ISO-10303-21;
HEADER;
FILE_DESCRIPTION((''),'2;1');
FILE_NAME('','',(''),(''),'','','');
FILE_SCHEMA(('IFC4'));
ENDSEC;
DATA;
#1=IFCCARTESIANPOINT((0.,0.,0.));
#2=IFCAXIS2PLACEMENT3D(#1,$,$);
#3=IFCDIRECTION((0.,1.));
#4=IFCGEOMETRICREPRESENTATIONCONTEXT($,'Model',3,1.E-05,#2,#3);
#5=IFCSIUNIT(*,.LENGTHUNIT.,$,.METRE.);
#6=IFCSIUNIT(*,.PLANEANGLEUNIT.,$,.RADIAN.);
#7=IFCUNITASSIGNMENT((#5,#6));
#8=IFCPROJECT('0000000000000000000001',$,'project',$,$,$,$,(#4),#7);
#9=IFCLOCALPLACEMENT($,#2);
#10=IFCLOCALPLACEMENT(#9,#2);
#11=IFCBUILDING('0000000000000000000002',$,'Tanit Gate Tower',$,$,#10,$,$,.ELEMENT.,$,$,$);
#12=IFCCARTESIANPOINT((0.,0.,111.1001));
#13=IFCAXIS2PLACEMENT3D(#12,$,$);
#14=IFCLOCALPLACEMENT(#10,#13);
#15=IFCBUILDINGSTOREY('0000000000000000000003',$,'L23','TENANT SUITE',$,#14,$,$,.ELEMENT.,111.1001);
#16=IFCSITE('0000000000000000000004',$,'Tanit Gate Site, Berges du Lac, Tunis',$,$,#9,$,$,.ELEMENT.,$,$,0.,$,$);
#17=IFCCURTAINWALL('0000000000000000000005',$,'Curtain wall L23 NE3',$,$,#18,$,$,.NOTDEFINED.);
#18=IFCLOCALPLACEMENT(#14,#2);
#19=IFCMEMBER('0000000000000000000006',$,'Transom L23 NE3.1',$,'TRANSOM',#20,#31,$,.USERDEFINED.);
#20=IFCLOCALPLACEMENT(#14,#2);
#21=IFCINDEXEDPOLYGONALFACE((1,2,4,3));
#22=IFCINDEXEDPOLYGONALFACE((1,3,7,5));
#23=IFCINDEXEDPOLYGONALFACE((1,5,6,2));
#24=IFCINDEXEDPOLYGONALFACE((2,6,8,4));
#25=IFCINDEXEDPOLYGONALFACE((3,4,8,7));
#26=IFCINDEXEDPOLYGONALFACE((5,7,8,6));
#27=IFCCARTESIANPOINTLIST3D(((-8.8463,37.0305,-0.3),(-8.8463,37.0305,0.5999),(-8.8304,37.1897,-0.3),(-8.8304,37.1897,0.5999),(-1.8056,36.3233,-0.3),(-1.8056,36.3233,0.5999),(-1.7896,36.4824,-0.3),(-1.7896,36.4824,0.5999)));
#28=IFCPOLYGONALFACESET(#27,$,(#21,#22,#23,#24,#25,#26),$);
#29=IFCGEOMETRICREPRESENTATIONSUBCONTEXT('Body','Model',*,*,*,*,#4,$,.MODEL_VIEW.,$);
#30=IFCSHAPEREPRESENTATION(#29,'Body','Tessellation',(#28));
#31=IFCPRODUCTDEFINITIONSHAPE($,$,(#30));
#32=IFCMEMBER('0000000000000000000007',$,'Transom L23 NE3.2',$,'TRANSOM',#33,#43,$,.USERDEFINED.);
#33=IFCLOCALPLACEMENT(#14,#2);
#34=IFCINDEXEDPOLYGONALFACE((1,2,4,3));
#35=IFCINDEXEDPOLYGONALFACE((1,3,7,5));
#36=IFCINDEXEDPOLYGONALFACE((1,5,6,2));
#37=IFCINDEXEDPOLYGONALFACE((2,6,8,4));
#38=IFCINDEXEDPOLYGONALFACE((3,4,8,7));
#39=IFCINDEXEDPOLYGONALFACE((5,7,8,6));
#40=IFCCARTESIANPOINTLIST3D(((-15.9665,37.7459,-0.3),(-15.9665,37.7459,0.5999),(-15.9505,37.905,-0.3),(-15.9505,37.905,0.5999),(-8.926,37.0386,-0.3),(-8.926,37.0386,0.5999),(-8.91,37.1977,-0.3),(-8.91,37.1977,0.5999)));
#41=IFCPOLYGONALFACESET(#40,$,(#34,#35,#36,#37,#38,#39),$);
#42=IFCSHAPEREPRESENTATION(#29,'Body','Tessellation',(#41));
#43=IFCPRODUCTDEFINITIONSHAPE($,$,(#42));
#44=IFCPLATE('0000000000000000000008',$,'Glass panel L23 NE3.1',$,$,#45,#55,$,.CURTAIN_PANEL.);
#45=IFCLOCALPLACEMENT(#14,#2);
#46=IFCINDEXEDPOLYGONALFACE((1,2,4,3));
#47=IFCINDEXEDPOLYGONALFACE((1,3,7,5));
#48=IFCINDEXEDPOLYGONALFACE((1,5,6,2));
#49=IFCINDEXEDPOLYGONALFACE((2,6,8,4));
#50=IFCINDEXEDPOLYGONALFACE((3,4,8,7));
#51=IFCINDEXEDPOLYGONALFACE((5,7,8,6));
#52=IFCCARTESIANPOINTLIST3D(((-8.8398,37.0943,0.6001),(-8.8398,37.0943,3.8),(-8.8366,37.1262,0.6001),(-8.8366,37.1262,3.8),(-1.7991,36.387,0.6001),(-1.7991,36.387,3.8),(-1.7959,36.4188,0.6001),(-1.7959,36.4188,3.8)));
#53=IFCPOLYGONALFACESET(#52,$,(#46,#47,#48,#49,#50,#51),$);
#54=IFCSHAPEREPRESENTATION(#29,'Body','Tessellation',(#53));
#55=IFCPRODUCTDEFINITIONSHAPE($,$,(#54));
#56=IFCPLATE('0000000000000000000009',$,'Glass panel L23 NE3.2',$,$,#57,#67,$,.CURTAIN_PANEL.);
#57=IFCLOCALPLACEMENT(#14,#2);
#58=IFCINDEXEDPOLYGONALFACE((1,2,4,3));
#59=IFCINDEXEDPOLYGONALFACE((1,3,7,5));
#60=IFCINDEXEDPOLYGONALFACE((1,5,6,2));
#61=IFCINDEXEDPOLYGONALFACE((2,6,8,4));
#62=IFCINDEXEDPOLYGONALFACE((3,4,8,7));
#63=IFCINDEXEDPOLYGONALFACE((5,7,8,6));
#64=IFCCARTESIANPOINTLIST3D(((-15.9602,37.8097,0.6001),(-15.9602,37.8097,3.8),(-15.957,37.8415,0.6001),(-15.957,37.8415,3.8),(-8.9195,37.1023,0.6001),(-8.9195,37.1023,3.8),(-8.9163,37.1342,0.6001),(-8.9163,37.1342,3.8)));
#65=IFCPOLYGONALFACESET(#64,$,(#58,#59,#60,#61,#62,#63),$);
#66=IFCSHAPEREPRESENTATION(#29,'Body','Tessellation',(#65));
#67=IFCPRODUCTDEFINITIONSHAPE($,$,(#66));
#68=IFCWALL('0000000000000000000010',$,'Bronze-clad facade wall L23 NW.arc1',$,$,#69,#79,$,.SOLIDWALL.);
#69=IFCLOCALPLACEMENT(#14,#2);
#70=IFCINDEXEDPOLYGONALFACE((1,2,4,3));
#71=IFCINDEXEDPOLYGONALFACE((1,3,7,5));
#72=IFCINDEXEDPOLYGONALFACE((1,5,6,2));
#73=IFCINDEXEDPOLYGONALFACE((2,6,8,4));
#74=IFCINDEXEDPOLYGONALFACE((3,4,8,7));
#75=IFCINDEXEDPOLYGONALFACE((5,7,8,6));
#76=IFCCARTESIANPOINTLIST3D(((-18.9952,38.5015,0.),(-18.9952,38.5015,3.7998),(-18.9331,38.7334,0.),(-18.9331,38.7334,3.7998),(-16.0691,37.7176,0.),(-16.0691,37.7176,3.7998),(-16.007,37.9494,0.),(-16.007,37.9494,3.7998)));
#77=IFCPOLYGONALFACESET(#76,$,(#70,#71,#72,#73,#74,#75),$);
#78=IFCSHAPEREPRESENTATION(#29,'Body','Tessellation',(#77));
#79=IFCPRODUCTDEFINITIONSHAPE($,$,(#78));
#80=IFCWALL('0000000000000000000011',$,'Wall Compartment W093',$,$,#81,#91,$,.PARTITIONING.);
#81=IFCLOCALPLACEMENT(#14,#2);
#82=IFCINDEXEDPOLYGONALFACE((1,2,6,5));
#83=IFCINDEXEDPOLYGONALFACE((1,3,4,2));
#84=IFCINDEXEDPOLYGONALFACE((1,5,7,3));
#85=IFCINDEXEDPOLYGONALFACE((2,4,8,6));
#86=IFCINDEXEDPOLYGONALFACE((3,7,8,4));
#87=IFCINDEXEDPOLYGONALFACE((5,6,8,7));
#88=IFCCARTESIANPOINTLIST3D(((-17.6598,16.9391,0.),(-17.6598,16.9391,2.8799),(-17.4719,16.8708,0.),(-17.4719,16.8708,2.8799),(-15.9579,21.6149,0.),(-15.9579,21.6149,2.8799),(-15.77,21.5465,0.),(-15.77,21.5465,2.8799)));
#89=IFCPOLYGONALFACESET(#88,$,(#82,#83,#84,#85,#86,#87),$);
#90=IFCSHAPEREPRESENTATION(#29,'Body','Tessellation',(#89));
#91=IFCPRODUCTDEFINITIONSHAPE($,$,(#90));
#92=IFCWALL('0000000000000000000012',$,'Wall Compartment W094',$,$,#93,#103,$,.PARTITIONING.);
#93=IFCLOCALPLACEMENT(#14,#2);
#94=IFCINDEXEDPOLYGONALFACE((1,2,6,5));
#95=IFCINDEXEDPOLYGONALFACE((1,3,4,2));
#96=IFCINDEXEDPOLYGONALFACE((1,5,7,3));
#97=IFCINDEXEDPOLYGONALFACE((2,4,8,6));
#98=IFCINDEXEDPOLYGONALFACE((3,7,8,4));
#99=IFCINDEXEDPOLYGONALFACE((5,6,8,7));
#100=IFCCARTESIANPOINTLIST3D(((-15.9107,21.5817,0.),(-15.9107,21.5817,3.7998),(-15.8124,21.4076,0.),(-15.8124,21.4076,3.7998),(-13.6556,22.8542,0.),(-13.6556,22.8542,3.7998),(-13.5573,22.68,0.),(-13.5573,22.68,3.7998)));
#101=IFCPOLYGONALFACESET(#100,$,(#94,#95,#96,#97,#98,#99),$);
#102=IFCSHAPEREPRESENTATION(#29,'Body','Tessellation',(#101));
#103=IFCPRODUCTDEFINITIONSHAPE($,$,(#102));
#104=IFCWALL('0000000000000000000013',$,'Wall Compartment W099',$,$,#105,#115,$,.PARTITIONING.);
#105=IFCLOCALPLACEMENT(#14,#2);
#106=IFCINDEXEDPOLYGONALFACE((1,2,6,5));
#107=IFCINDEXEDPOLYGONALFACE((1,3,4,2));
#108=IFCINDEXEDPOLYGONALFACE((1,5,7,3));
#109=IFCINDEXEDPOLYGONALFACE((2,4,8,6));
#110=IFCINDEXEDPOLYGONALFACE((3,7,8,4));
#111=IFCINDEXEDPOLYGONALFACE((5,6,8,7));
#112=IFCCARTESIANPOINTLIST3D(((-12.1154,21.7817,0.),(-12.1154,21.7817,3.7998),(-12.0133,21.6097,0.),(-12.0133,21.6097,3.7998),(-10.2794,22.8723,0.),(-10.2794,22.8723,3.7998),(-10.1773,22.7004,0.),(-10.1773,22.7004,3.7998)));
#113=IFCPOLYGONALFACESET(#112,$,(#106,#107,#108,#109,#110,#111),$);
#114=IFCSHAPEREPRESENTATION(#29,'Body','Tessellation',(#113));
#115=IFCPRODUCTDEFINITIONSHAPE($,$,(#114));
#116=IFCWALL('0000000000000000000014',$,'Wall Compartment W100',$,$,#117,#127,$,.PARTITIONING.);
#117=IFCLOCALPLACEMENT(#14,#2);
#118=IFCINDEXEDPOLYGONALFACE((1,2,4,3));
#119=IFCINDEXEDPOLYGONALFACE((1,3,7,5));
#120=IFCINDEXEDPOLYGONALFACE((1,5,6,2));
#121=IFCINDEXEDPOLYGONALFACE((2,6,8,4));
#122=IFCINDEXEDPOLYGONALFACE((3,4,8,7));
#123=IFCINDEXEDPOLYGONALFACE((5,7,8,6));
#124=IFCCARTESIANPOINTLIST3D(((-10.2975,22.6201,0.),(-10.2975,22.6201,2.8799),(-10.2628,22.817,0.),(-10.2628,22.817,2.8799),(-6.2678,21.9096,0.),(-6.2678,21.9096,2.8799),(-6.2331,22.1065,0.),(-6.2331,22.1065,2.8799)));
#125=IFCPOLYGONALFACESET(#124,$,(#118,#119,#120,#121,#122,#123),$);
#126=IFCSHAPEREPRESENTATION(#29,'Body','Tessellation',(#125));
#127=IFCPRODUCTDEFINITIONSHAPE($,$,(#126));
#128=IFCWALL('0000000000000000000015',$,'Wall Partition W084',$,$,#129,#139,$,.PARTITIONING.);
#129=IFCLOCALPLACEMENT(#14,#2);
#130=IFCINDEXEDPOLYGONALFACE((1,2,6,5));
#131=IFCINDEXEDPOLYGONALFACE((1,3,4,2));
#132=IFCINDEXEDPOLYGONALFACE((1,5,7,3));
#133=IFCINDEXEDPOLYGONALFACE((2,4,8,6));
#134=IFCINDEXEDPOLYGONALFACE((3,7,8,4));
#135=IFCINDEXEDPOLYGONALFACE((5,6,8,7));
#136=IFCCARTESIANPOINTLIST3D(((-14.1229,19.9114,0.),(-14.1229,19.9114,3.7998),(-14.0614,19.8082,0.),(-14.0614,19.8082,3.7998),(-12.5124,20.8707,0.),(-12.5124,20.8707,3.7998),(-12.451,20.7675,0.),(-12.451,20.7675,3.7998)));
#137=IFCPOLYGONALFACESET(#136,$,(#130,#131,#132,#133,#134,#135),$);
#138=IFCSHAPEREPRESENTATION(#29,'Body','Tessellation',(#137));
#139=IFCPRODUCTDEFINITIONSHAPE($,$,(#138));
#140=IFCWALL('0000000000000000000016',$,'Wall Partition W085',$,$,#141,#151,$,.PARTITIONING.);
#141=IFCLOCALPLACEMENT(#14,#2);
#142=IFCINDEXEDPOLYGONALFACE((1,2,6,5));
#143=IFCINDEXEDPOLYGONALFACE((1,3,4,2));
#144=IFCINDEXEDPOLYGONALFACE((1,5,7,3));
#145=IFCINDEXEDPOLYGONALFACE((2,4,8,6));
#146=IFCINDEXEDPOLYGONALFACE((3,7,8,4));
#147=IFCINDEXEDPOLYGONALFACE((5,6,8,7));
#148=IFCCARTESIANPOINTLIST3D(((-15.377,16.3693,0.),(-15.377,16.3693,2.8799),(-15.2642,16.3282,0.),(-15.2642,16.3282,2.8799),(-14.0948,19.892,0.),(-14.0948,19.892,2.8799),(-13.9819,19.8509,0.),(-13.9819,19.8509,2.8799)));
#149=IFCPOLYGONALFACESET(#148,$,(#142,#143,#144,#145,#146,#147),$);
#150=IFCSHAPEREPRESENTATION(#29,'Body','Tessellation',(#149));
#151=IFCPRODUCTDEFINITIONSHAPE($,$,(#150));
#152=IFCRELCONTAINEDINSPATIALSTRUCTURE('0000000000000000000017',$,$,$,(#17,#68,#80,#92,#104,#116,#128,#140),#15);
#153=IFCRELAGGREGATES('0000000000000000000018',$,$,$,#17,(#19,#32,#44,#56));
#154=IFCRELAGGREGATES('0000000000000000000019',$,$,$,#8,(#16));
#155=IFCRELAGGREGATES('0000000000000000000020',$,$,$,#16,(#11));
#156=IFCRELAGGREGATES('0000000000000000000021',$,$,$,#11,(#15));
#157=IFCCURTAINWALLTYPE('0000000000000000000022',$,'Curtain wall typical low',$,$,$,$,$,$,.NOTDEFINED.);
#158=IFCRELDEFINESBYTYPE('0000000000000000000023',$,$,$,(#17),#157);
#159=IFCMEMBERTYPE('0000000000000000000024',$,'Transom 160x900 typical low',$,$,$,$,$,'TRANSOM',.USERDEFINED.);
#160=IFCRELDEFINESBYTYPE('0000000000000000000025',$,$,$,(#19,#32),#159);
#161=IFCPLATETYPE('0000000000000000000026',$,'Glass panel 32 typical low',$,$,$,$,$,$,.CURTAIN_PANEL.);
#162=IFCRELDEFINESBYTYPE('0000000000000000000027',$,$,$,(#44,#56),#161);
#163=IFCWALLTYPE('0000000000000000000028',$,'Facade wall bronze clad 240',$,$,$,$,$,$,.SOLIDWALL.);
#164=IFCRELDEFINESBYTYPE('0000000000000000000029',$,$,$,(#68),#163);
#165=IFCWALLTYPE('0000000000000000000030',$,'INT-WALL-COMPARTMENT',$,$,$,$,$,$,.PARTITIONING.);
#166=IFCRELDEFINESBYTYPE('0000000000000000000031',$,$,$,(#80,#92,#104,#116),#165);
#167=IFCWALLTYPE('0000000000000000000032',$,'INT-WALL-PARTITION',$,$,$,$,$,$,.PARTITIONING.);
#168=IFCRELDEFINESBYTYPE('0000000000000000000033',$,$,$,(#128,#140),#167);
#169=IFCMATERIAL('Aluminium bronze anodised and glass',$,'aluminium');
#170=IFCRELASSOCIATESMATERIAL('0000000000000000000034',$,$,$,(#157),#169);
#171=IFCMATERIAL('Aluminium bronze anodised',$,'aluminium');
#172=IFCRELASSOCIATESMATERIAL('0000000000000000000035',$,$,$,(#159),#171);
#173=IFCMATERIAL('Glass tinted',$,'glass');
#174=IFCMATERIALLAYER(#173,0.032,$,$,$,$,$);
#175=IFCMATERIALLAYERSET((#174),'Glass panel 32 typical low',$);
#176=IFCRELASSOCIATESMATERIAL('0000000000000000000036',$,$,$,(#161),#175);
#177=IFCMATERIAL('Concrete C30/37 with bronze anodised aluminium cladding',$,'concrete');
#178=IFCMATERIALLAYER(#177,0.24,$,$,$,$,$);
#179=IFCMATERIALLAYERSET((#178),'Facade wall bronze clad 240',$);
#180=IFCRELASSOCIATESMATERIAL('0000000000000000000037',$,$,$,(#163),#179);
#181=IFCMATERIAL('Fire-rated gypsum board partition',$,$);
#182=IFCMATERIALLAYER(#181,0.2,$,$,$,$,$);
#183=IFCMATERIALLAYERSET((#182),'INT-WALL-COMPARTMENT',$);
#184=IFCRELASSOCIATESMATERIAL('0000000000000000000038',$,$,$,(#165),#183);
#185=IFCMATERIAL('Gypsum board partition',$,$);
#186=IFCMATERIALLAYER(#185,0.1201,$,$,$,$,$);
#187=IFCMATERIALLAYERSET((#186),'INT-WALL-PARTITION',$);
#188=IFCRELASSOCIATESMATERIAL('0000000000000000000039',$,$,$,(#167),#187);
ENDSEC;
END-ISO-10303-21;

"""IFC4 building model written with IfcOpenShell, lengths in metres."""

from ifc_helpers import new_model, si_unit, direction, frame, frame_2d, origin, origin_2d, place, context, subcontext, project, spatial, rectangle, extrude, material, layer, layer_set, material_profile, profile_set, type_object, element, aggregate, save


model = new_model("IFC4")

# Units and contexts
model_context = context("Model", 3, precision=1e-05, world=origin(), true_north=direction((0.0, 1.0)))
body_context = subcontext(model_context, "Body", "Model", "MODEL_VIEW")
ifc_project = project(units=[si_unit("LENGTHUNIT", "METRE"), si_unit("PLANEANGLEUNIT", "RADIAN")], contexts=[model_context])

# Site, building, storey
site_placement = place(None, origin())
site = spatial("IfcSite", under=ifc_project, at=site_placement, Name="Tanit Gate Site, Berges du Lac, Tunis", CompositionType="ELEMENT", RefElevation=0.0)
building_placement = place(site_placement, origin())
building = spatial("IfcBuilding", under=site, at=building_placement, Name="Tanit Gate Tower", CompositionType="ELEMENT")
storey_placement = place(building_placement, frame((0.0, 0.0, 111.1001)))
storey = spatial("IfcBuildingStorey", under=building, at=storey_placement, Name="L23", Description="TENANT SUITE", CompositionType="ELEMENT", Elevation=111.1001)

# Curtain wall
ifc_material_1 = material(Name="Aluminium bronze anodised and glass", Category="aluminium")
curtain_wall_type = type_object("IfcCurtainWallType", Name="Curtain wall typical low", PredefinedType="NOTDEFINED", material=ifc_material_1)
curtain_wall_1_placement = place(storey_placement, origin())
curtain_wall_1 = element("IfcCurtainWall", 1, at=curtain_wall_1_placement, inside=storey, type_object=curtain_wall_type, Name="Curtain wall L23 NE3", PredefinedType="NOTDEFINED")

# Members
ifc_material_2 = material(Name="Aluminium bronze anodised", Category="aluminium")
ifc_material_profile_1 = material_profile(ifc_material_2, rectangle(XDim=0.1599, YDim=0.8999, at=origin_2d()), Name="160x900 bronze transom")
ifc_profile_set_1 = profile_set([ifc_material_profile_1], Name="Aluminium bronze anodised")
member_type_1 = type_object("IfcMemberType", Name="Transom 160x900 typical low", ElementType="TRANSOM", PredefinedType="USERDEFINED", material=ifc_profile_set_1)
member_1_placement = place(storey_placement, frame((-1.7976, 36.4028, 0.1499), z_axis=(-0.994992, 0.099951, 0.0), x_axis=(-0.099951, -0.994992, 0.0)))
member_1 = element("IfcMember", 2, at=member_1_placement, type_object=member_type_1, Name="Transom L23 NE3.1", ObjectType="TRANSOM", PredefinedType="USERDEFINED", context=body_context, shape_type="SweptSolid", body=[
    extrude(rectangle(XDim=0.1599, YDim=0.8999, at=origin_2d()), origin(), (0.0, 0.0, 1.0), 7.0762),
])
member_2_placement = place(storey_placement, frame((-8.918, 37.1182, 0.1499), z_axis=(-0.994992, 0.099955, 0.0), x_axis=(-0.099955, -0.994992, 0.0)))
member_2 = element("IfcMember", 3, at=member_2_placement, type_object=member_type_1, Name="Transom L23 NE3.2", ObjectType="TRANSOM", PredefinedType="USERDEFINED", context=body_context, shape_type="SweptSolid", body=[
    extrude(rectangle(XDim=0.1599, YDim=0.8999, at=origin_2d()), origin(), (0.0, 0.0, 1.0), 7.0759),
])

# Plates
ifc_material_3 = material(Name="Glass tinted", Category="glass")
ifc_layer_1 = layer(ifc_material_3, 0.032)
ifc_layer_set_1 = layer_set([ifc_layer_1], Name="Glass panel 32 typical low")
plate_type = type_object("IfcPlateType", Name="Glass panel 32 typical low", PredefinedType="CURTAIN_PANEL", material=ifc_layer_set_1)
plate_1_placement = place(storey_placement, frame((-5.3179, 36.7566, 0.6001), z_axis=(0.0, 0.0, 1.0), x_axis=(-0.994992, 0.099959, 0.0)))
plate_1 = element("IfcPlate", 4, at=plate_1_placement, type_object=plate_type, Name="Glass panel L23 NE3.1", PredefinedType="CURTAIN_PANEL", context=body_context, shape_type="SweptSolid", body=[
    extrude(rectangle(XDim=7.0762, YDim=0.032, at=origin_2d()), origin(), (0.0, 0.0, 1.0), 3.2),
])
plate_2_placement = place(storey_placement, frame((-12.4382, 37.4719, 0.6001), z_axis=(0.0, 0.0, 1.0), x_axis=(-0.994992, 0.099959, 0.0)))
plate_2 = element("IfcPlate", 5, at=plate_2_placement, type_object=plate_type, Name="Glass panel L23 NE3.2", PredefinedType="CURTAIN_PANEL", context=body_context, shape_type="SweptSolid", body=[
    extrude(rectangle(XDim=7.0762, YDim=0.032, at=origin_2d()), origin(), (0.0, 0.0, 1.0), 3.2),
])
aggregate(curtain_wall_1, [member_1, member_2, plate_1, plate_2])

# Walls
ifc_material_4 = material(Name="Concrete C30/37 with bronze anodised aluminium cladding", Category="concrete")
ifc_layer_2 = layer(ifc_material_4, 0.24)
ifc_layer_set_2 = layer_set([ifc_layer_2], Name="Facade wall bronze clad 240")
wall_type_1 = type_object("IfcWallType", Name="Facade wall bronze clad 240", PredefinedType="SOLIDWALL", material=ifc_layer_set_2)
wall_1_placement = place(storey_placement, frame((-16.0381, 37.8335, 0.0), z_axis=(0.0, 0.0, 1.0), x_axis=(-0.965933, 0.258791, 0.0)))
element("IfcWall", 6, at=wall_1_placement, inside=storey, type_object=wall_type_1, Name="Bronze-clad facade wall L23 NW.arc1", PredefinedType="SOLIDWALL", context=body_context, shape_type="SweptSolid", body=[
    extrude(rectangle(XDim=3.0293, YDim=0.24, at=frame_2d((1.5146, 0.0))), origin(), (0.0, 0.0, 1.0), 3.7998),
])
ifc_material_5 = material(Name="Fire-rated gypsum board partition")
ifc_layer_3 = layer(ifc_material_5, 0.2)
ifc_layer_set_3 = layer_set([ifc_layer_3], Name="INT-WALL-COMPARTMENT")
wall_type_2 = type_object("IfcWallType", Name="INT-WALL-COMPARTMENT", PredefinedType="PARTITIONING", material=ifc_layer_set_3)
wall_2_placement = place(storey_placement, frame((-15.864, 21.5806, 0.0), z_axis=(0.0, 0.0, 1.0), x_axis=(-0.342031, -0.939689, 0.0)))
element("IfcWall", 7, at=wall_2_placement, inside=storey, type_object=wall_type_2, Name="Wall Compartment W093", PredefinedType="PARTITIONING", context=body_context, shape_type="SweptSolid", body=[
    extrude(rectangle(XDim=4.9758, YDim=0.2, at=frame_2d((2.4878, 0.0))), origin(), (0.0, 0.0, 1.0), 2.8799),
])
wall_3_placement = place(storey_placement, frame((-13.6064, 22.7671, 0.0), z_axis=(0.0, 0.0, 1.0), x_axis=(-0.870923, -0.49142, 0.0)))
element("IfcWall", 8, at=wall_3_placement, inside=storey, type_object=wall_type_2, Name="Wall Compartment W094", PredefinedType="PARTITIONING", context=body_context, shape_type="SweptSolid", body=[
    extrude(rectangle(XDim=2.5894, YDim=0.2, at=frame_2d((1.2947, 0.0))), origin(), (0.0, 0.0, 1.0), 3.7998),
])
wall_4_placement = place(storey_placement, frame((-10.2283, 22.7864, 0.0), z_axis=(0.0, 0.0, 1.0), x_axis=(-0.859754, -0.510708, 0.0)))
element("IfcWall", 9, at=wall_4_placement, inside=storey, type_object=wall_type_2, Name="Wall Compartment W099", PredefinedType="PARTITIONING", context=body_context, shape_type="SweptSolid", body=[
    extrude(rectangle(XDim=2.1355, YDim=0.2, at=frame_2d((1.0679, 0.0))), origin(), (0.0, 0.0, 1.0), 3.7998),
])
wall_5_placement = place(storey_placement, frame((-6.2505, 22.0081, 0.0), z_axis=(0.0, 0.0, 1.0), x_axis=(-0.984811, 0.173632, 0.0)))
element("IfcWall", 10, at=wall_5_placement, inside=storey, type_object=wall_type_2, Name="Wall Compartment W100", PredefinedType="PARTITIONING", context=body_context, shape_type="SweptSolid", body=[
    extrude(rectangle(XDim=4.0918, YDim=0.2, at=frame_2d((2.0459, 0.0))), origin(), (0.0, 0.0, 1.0), 2.8799),
])
ifc_material_6 = material(Name="Gypsum board partition")
ifc_layer_4 = layer(ifc_material_6, 0.1201)
ifc_layer_set_4 = layer_set([ifc_layer_4], Name="INT-WALL-PARTITION")
wall_type_3 = type_object("IfcWallType", Name="INT-WALL-PARTITION", PredefinedType="PARTITIONING", material=ifc_layer_set_4)
wall_6_placement = place(storey_placement, frame((-12.4817, 20.8191, 0.0), z_axis=(0.0, 0.0, 1.0), x_axis=(-0.859132, -0.511754, 0.0)))
element("IfcWall", 11, at=wall_6_placement, inside=storey, type_object=wall_type_3, Name="Wall Partition W084", PredefinedType="PARTITIONING", context=body_context, shape_type="SweptSolid", body=[
    extrude(rectangle(XDim=1.8745, YDim=0.1201, at=frame_2d((0.9373, 0.0))), origin(), (0.0, 0.0, 1.0), 3.7998),
])
wall_7_placement = place(storey_placement, frame((-14.0383, 19.8716, 0.0), z_axis=(0.0, 0.0, 1.0), x_axis=(-0.342036, -0.939687, 0.0)))
element("IfcWall", 12, at=wall_7_placement, inside=storey, type_object=wall_type_3, Name="Wall Partition W085", PredefinedType="PARTITIONING", context=body_context, shape_type="SweptSolid", body=[
    extrude(rectangle(XDim=3.7488, YDim=0.1201, at=frame_2d((1.8745, 0.0))), origin(), (0.0, 0.0, 1.0), 2.8799),
])

save(model, "model.ifc")
